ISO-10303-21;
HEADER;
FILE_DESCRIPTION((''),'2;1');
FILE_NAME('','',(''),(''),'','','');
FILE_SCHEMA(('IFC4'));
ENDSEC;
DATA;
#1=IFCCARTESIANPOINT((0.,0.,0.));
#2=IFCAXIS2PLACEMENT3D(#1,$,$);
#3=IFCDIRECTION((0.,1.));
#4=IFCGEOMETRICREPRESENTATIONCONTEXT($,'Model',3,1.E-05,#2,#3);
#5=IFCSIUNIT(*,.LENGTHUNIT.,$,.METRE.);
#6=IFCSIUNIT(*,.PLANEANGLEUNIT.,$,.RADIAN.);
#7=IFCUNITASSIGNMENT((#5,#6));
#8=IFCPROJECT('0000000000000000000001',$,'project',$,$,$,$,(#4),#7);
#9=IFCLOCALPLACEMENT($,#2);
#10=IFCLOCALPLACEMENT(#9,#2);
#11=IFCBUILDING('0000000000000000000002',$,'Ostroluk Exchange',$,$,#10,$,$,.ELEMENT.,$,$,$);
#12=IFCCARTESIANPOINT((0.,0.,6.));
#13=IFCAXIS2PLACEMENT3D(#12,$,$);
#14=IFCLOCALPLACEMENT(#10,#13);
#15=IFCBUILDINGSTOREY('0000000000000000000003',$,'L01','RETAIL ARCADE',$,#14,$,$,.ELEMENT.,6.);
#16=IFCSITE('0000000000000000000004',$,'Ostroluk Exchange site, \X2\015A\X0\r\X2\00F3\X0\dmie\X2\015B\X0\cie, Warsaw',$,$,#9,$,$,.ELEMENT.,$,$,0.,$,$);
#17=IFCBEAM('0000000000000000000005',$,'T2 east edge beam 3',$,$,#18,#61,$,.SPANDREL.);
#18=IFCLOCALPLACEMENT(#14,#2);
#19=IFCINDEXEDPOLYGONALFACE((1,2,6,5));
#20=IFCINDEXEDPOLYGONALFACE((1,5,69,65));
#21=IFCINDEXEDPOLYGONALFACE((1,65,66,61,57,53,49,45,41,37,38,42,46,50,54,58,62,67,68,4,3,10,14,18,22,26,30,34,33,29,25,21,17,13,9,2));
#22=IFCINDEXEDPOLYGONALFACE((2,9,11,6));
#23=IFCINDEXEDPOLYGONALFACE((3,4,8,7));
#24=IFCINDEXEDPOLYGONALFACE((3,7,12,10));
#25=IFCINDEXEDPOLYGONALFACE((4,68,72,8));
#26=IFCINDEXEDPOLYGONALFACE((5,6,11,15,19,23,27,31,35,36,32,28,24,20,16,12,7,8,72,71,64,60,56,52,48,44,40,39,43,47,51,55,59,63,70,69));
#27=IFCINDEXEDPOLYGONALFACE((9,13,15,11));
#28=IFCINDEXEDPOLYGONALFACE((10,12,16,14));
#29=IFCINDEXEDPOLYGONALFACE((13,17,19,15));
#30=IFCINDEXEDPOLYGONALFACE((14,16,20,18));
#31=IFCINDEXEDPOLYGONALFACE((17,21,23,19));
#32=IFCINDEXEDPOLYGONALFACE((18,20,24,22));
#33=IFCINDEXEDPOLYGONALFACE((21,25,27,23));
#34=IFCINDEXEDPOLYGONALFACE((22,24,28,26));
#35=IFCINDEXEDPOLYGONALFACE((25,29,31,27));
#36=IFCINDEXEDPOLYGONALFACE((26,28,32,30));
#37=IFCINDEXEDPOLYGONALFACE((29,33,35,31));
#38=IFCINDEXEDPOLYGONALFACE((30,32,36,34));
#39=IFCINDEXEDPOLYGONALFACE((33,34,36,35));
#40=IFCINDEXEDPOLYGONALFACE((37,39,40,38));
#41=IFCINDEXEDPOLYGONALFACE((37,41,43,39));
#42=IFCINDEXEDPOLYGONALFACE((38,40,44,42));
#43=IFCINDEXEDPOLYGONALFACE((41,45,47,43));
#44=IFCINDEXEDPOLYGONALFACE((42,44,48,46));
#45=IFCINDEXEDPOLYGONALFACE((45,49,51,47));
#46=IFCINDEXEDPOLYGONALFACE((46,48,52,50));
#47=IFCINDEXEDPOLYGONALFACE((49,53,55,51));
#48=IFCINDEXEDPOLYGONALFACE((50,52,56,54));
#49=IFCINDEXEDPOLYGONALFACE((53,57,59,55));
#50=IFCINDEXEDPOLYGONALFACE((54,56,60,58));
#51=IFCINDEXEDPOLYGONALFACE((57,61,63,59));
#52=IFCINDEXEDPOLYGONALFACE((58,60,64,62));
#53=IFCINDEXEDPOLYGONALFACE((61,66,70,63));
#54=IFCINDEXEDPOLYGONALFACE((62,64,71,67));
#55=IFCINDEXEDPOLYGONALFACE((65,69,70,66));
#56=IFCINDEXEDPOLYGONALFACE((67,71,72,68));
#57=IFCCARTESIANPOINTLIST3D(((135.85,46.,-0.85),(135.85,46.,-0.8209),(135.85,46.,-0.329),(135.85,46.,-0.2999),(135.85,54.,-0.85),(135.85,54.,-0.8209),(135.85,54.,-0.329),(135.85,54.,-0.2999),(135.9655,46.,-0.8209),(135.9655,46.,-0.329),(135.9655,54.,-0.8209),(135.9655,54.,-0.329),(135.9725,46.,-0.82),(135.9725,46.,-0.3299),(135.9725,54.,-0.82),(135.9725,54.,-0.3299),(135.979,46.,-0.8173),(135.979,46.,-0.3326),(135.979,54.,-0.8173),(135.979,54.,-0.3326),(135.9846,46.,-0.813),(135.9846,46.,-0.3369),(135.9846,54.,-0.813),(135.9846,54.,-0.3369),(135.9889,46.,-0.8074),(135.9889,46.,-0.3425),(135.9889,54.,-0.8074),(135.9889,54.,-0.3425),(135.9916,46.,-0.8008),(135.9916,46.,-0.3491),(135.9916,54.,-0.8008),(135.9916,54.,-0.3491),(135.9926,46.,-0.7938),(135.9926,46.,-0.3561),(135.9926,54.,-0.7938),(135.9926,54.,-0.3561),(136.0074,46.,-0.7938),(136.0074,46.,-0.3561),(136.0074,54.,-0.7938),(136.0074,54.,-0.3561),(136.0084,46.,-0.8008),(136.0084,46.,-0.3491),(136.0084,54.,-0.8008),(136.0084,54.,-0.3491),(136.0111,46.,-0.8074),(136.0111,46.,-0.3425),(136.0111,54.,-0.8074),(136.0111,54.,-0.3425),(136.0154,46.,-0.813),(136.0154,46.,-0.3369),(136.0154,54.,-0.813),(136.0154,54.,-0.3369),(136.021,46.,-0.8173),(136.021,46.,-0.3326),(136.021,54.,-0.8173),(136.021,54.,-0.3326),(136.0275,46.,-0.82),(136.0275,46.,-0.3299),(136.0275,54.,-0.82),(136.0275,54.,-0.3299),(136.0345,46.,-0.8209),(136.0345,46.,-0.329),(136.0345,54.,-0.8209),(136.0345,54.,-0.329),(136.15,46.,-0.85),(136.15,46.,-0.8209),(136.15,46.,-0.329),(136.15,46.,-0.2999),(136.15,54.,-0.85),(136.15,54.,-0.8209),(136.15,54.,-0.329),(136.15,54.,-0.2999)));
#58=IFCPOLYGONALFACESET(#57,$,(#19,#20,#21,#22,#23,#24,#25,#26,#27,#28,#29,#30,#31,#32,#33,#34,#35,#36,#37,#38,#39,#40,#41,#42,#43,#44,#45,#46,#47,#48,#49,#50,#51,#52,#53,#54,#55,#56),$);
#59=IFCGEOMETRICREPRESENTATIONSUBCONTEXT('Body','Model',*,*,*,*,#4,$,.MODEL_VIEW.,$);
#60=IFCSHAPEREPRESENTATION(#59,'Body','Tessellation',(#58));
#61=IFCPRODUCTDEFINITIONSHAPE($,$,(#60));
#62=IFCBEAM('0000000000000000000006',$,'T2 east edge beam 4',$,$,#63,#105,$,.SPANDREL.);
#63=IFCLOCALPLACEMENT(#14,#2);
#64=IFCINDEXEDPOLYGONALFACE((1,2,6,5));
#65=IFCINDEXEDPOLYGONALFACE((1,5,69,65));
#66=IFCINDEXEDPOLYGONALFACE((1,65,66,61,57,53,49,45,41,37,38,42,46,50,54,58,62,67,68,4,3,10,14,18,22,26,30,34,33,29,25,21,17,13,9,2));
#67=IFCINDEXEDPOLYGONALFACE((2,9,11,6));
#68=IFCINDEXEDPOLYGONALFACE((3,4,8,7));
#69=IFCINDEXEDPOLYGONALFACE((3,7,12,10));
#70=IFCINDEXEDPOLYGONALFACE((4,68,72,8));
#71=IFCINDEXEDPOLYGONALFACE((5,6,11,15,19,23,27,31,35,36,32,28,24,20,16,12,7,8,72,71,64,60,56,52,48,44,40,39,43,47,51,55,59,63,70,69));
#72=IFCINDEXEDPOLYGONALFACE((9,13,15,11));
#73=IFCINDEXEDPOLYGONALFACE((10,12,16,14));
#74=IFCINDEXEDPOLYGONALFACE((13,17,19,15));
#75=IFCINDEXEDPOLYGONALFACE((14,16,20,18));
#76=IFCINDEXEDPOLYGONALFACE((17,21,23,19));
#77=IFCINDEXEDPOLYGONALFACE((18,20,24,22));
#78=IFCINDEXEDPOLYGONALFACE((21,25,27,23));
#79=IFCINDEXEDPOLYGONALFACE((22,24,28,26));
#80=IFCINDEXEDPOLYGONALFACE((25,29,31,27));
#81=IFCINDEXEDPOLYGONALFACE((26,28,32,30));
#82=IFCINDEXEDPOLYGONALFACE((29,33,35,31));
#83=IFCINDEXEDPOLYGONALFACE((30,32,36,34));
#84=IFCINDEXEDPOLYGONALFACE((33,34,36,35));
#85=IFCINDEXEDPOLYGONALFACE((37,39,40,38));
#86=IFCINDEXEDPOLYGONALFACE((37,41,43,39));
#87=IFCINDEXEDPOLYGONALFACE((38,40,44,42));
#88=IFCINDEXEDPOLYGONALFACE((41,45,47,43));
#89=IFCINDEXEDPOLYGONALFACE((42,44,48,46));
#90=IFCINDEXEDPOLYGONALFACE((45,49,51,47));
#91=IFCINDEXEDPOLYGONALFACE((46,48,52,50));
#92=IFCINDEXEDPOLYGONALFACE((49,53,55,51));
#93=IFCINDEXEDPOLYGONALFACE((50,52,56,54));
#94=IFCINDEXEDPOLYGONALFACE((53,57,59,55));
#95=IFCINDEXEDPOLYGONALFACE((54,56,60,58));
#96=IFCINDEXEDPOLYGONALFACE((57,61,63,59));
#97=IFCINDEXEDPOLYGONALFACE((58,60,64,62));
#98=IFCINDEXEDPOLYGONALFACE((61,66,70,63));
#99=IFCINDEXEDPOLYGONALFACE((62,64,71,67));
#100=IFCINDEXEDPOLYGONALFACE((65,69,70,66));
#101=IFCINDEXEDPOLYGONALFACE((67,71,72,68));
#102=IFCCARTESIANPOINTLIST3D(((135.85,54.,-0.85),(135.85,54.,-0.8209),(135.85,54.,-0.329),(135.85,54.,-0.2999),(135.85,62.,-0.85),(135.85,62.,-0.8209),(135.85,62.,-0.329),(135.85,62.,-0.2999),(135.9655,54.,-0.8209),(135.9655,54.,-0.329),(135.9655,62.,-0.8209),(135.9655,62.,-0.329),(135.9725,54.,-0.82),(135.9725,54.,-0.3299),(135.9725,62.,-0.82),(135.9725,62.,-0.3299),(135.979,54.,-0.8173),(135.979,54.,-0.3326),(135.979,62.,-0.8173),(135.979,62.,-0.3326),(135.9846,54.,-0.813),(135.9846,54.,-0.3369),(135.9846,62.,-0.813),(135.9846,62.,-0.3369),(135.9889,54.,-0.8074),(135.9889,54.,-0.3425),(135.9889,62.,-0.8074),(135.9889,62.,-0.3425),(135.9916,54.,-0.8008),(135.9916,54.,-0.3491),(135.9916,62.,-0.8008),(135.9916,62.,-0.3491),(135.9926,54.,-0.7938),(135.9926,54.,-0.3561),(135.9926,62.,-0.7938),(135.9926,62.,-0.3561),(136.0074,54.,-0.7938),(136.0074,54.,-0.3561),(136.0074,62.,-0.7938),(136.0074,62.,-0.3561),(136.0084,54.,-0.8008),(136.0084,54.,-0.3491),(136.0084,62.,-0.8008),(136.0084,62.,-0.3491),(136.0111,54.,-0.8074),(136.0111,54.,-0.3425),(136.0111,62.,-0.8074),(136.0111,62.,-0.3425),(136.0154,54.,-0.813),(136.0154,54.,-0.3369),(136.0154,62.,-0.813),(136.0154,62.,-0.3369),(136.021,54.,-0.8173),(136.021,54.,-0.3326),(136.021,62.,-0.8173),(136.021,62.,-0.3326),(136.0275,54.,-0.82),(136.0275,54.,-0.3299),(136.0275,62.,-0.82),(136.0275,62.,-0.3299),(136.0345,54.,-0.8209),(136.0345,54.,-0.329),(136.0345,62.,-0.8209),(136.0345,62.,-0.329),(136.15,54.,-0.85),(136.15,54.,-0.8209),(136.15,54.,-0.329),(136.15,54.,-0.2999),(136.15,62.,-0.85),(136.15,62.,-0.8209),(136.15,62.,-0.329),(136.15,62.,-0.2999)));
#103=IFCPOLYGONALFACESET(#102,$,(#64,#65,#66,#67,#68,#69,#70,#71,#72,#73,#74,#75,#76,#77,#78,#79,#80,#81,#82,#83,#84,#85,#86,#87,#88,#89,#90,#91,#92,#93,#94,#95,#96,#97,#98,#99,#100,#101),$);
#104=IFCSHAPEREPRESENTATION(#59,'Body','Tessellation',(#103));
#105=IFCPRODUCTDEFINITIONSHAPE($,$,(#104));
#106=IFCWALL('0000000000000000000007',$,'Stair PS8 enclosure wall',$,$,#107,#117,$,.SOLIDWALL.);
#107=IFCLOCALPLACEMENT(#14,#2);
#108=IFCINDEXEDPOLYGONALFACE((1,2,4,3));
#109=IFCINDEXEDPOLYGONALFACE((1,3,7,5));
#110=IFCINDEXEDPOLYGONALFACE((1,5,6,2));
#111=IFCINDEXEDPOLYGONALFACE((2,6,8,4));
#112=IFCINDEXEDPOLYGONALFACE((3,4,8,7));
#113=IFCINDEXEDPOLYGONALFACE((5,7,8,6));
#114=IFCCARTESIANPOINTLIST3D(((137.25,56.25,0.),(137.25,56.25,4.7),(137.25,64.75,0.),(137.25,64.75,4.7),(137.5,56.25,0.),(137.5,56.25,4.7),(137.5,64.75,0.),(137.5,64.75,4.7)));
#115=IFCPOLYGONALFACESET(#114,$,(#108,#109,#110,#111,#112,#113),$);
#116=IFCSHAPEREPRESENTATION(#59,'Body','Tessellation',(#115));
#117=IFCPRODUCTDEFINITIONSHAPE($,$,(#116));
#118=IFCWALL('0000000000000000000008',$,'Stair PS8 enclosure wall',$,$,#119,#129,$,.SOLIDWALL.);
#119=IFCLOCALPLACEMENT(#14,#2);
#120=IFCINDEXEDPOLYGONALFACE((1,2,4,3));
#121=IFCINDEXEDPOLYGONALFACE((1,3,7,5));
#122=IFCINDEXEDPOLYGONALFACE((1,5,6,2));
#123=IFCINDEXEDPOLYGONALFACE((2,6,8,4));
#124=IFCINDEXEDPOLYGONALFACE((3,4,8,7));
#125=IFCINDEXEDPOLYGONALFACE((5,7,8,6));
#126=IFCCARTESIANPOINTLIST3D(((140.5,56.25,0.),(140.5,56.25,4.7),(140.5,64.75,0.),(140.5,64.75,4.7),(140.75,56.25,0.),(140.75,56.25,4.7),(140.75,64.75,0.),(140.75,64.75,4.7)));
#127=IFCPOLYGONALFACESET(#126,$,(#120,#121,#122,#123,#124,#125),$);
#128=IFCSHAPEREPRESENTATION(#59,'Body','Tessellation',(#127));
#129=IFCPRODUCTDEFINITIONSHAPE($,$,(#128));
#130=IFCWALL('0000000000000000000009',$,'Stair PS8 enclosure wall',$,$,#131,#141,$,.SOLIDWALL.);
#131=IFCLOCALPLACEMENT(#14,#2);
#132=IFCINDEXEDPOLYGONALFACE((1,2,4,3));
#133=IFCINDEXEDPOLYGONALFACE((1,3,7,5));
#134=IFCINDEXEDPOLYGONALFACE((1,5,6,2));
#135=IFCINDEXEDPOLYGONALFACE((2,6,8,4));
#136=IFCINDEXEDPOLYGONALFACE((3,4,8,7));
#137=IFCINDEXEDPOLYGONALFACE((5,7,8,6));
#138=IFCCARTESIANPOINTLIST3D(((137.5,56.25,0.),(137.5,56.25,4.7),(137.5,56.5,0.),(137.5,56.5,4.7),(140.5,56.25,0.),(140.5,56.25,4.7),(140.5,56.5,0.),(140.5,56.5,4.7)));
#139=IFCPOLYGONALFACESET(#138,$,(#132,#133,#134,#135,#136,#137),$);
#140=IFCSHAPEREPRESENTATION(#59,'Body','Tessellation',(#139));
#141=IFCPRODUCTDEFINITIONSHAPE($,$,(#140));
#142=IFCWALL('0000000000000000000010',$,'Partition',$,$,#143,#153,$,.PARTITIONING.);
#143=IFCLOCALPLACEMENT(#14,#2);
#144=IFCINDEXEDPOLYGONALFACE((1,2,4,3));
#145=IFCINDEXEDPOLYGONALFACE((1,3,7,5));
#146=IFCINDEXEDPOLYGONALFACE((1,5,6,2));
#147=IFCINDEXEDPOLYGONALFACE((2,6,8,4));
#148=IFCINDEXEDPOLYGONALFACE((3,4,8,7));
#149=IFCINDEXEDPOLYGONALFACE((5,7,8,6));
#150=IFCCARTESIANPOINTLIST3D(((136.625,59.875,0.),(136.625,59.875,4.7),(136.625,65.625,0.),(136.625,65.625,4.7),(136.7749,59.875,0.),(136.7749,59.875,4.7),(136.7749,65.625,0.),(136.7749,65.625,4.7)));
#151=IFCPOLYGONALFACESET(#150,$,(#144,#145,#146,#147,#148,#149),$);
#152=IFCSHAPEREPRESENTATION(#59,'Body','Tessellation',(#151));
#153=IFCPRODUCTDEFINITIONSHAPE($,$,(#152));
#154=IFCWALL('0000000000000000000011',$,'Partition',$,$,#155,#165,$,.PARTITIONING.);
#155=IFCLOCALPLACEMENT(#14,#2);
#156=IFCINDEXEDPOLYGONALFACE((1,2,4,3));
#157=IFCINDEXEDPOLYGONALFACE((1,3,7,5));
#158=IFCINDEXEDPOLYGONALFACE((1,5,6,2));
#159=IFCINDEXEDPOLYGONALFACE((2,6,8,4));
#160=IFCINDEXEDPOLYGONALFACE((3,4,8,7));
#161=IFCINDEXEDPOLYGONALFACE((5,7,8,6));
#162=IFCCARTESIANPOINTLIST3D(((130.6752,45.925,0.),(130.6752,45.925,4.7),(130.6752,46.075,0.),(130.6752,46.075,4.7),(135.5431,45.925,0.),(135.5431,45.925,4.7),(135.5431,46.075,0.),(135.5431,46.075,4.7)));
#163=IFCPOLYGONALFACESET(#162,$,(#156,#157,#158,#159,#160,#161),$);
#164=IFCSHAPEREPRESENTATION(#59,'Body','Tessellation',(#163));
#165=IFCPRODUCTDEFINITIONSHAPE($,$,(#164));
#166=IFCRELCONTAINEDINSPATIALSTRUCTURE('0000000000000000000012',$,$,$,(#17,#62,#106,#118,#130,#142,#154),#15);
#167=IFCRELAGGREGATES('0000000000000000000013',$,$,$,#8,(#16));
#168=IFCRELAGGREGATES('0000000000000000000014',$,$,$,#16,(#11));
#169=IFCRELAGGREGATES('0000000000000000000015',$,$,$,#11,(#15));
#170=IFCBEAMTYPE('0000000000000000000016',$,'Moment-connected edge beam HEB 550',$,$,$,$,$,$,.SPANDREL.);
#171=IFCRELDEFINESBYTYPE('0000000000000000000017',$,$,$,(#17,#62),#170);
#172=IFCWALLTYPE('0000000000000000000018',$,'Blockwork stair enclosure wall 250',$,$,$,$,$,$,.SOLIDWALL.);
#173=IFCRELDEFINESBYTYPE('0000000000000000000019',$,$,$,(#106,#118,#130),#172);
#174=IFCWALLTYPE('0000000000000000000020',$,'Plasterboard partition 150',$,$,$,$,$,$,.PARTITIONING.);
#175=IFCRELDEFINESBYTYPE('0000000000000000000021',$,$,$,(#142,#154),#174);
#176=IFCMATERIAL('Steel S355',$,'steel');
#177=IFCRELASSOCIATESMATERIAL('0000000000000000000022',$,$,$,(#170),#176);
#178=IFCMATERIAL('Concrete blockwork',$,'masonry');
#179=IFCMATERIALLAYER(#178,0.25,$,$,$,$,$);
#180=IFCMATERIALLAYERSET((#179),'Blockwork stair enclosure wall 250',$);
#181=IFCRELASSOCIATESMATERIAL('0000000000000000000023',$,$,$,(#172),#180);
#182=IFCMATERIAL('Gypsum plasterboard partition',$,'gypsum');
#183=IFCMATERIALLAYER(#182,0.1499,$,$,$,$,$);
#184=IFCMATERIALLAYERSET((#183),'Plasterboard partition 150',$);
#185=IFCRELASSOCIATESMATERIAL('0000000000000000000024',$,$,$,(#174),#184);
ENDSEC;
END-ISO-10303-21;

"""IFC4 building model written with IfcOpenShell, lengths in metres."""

from ifc_helpers import new_model, si_unit, direction, frame, frame_2d, origin, origin_2d, place, context, subcontext, project, spatial, rectangle, i_section, extrude, material, layer, layer_set, material_profile, profile_set, type_object, element, save


model = new_model("IFC4")

# Units and contexts
model_context = context("Model", 3, precision=1e-05, world=origin(), true_north=direction((0.0, 1.0)))
body_context = subcontext(model_context, "Body", "Model", "MODEL_VIEW")
ifc_project = project(units=[si_unit("LENGTHUNIT", "METRE"), si_unit("PLANEANGLEUNIT", "RADIAN")], contexts=[model_context])

# Site, building, storey
site_placement = place(None, origin())
site = spatial("IfcSite", under=ifc_project, at=site_placement, Name="Ostroluk Exchange site, Śródmieście, Warsaw", CompositionType="ELEMENT", RefElevation=0.0)
building_placement = place(site_placement, origin())
building = spatial("IfcBuilding", under=site, at=building_placement, Name="Ostroluk Exchange", CompositionType="ELEMENT")
storey_placement = place(building_placement, frame((0.0, 0.0, 6.0)))
storey = spatial("IfcBuildingStorey", under=building, at=storey_placement, Name="L01", Description="RETAIL ARCADE", CompositionType="ELEMENT", Elevation=6.0)

# Beams
ifc_material_1 = material(Name="Steel S355", Category="steel")
ifc_material_profile_1 = material_profile(ifc_material_1, i_section(OverallWidth=0.3, OverallDepth=0.55, WebThickness=0.0149, FlangeThickness=0.0291, FilletRadius=0.0271, at=origin_2d()), Name="HEB 550")
ifc_profile_set_1 = profile_set([ifc_material_profile_1], Name="Steel S355")
beam_type_1 = type_object("IfcBeamType", Name="Moment-connected edge beam HEB 550", PredefinedType="SPANDREL", material=ifc_profile_set_1)
for number, where, z_axis, x_axis, name in (
    (1, (136.0, 46.0, -0.575), (0.0, 1.0, 0.0), (-1.0, 0.0, 0.0), "T2 east edge beam 3"),
    (2, (136.0, 54.0, -0.575), (0.0, 1.0, 0.0), (-1.0, 0.0, 0.0), "T2 east edge beam 4"),
):
    element("IfcBeam", number, at=place(storey_placement, frame(where, z_axis=z_axis, x_axis=x_axis)), inside=storey, type_object=beam_type_1, Name=name, PredefinedType="SPANDREL", context=body_context, shape_type="SweptSolid", body=[
        extrude(i_section(OverallWidth=0.3, OverallDepth=0.55, WebThickness=0.0149, FlangeThickness=0.0291, FilletRadius=0.0271, at=origin_2d()), origin(), (0.0, 0.0, 1.0), 8.0),
    ])

# Walls
ifc_material_2 = material(Name="Concrete blockwork", Category="masonry")
ifc_layer_1 = layer(ifc_material_2, 0.25)
ifc_layer_set_1 = layer_set([ifc_layer_1], Name="Blockwork stair enclosure wall 250")
wall_type_1 = type_object("IfcWallType", Name="Blockwork stair enclosure wall 250", PredefinedType="SOLIDWALL", material=ifc_layer_set_1)
for number, where, z_axis, x_axis, name in (
    (3, (137.375, 56.25, 0.0), (0.0, 0.0, 1.0), (0.0, 1.0, 0.0), "Stair PS8 enclosure wall"),
    (4, (140.625, 56.25, 0.0), (0.0, 0.0, 1.0), (0.0, 1.0, 0.0), "Stair PS8 enclosure wall"),
):
    element("IfcWall", number, at=place(storey_placement, frame(where, z_axis=z_axis, x_axis=x_axis)), inside=storey, type_object=wall_type_1, Name=name, PredefinedType="SOLIDWALL", context=body_context, shape_type="SweptSolid", body=[
        extrude(rectangle(XDim=8.5, YDim=0.25, at=frame_2d((4.25, 0.0))), origin(), (0.0, 0.0, 1.0), 4.7),
    ])
wall_1_placement = place(storey_placement, frame((137.5, 56.375, 0.0), z_axis=(0.0, 0.0, 1.0), x_axis=(1.0, 0.0, 0.0)))
element("IfcWall", 5, at=wall_1_placement, inside=storey, type_object=wall_type_1, Name="Stair PS8 enclosure wall", PredefinedType="SOLIDWALL", context=body_context, shape_type="SweptSolid", body=[
    extrude(rectangle(XDim=3.0, YDim=0.25, at=frame_2d((1.5, 0.0))), origin(), (0.0, 0.0, 1.0), 4.7),
])
ifc_material_3 = material(Name="Gypsum plasterboard partition", Category="gypsum")
ifc_layer_2 = layer(ifc_material_3, 0.1499)
ifc_layer_set_2 = layer_set([ifc_layer_2], Name="Plasterboard partition 150")
wall_type_2 = type_object("IfcWallType", Name="Plasterboard partition 150", PredefinedType="PARTITIONING", material=ifc_layer_set_2)
wall_2_placement = place(storey_placement, frame((136.7, 59.875, 0.0), z_axis=(0.0, 0.0, 1.0), x_axis=(0.0, 1.0, 0.0)))
element("IfcWall", 6, at=wall_2_placement, inside=storey, type_object=wall_type_2, Name="Partition", PredefinedType="PARTITIONING", context=body_context, shape_type="SweptSolid", body=[
    extrude(rectangle(XDim=5.75, YDim=0.1499, at=frame_2d((2.875, 0.0))), origin(), (0.0, 0.0, 1.0), 4.7),
])
wall_3_placement = place(storey_placement, frame((130.675, 46.0, 0.0), z_axis=(0.0, 0.0, 1.0), x_axis=(1.0, 0.0, 0.0)))
element("IfcWall", 7, at=wall_3_placement, inside=storey, type_object=wall_type_2, Name="Partition", PredefinedType="PARTITIONING", context=body_context, shape_type="SweptSolid", body=[
    extrude(rectangle(XDim=4.8679, YDim=0.1499, at=frame_2d((2.4341, 0.0))), origin(), (0.0, 0.0, 1.0), 4.7),
])

save(model, "model.ifc")
